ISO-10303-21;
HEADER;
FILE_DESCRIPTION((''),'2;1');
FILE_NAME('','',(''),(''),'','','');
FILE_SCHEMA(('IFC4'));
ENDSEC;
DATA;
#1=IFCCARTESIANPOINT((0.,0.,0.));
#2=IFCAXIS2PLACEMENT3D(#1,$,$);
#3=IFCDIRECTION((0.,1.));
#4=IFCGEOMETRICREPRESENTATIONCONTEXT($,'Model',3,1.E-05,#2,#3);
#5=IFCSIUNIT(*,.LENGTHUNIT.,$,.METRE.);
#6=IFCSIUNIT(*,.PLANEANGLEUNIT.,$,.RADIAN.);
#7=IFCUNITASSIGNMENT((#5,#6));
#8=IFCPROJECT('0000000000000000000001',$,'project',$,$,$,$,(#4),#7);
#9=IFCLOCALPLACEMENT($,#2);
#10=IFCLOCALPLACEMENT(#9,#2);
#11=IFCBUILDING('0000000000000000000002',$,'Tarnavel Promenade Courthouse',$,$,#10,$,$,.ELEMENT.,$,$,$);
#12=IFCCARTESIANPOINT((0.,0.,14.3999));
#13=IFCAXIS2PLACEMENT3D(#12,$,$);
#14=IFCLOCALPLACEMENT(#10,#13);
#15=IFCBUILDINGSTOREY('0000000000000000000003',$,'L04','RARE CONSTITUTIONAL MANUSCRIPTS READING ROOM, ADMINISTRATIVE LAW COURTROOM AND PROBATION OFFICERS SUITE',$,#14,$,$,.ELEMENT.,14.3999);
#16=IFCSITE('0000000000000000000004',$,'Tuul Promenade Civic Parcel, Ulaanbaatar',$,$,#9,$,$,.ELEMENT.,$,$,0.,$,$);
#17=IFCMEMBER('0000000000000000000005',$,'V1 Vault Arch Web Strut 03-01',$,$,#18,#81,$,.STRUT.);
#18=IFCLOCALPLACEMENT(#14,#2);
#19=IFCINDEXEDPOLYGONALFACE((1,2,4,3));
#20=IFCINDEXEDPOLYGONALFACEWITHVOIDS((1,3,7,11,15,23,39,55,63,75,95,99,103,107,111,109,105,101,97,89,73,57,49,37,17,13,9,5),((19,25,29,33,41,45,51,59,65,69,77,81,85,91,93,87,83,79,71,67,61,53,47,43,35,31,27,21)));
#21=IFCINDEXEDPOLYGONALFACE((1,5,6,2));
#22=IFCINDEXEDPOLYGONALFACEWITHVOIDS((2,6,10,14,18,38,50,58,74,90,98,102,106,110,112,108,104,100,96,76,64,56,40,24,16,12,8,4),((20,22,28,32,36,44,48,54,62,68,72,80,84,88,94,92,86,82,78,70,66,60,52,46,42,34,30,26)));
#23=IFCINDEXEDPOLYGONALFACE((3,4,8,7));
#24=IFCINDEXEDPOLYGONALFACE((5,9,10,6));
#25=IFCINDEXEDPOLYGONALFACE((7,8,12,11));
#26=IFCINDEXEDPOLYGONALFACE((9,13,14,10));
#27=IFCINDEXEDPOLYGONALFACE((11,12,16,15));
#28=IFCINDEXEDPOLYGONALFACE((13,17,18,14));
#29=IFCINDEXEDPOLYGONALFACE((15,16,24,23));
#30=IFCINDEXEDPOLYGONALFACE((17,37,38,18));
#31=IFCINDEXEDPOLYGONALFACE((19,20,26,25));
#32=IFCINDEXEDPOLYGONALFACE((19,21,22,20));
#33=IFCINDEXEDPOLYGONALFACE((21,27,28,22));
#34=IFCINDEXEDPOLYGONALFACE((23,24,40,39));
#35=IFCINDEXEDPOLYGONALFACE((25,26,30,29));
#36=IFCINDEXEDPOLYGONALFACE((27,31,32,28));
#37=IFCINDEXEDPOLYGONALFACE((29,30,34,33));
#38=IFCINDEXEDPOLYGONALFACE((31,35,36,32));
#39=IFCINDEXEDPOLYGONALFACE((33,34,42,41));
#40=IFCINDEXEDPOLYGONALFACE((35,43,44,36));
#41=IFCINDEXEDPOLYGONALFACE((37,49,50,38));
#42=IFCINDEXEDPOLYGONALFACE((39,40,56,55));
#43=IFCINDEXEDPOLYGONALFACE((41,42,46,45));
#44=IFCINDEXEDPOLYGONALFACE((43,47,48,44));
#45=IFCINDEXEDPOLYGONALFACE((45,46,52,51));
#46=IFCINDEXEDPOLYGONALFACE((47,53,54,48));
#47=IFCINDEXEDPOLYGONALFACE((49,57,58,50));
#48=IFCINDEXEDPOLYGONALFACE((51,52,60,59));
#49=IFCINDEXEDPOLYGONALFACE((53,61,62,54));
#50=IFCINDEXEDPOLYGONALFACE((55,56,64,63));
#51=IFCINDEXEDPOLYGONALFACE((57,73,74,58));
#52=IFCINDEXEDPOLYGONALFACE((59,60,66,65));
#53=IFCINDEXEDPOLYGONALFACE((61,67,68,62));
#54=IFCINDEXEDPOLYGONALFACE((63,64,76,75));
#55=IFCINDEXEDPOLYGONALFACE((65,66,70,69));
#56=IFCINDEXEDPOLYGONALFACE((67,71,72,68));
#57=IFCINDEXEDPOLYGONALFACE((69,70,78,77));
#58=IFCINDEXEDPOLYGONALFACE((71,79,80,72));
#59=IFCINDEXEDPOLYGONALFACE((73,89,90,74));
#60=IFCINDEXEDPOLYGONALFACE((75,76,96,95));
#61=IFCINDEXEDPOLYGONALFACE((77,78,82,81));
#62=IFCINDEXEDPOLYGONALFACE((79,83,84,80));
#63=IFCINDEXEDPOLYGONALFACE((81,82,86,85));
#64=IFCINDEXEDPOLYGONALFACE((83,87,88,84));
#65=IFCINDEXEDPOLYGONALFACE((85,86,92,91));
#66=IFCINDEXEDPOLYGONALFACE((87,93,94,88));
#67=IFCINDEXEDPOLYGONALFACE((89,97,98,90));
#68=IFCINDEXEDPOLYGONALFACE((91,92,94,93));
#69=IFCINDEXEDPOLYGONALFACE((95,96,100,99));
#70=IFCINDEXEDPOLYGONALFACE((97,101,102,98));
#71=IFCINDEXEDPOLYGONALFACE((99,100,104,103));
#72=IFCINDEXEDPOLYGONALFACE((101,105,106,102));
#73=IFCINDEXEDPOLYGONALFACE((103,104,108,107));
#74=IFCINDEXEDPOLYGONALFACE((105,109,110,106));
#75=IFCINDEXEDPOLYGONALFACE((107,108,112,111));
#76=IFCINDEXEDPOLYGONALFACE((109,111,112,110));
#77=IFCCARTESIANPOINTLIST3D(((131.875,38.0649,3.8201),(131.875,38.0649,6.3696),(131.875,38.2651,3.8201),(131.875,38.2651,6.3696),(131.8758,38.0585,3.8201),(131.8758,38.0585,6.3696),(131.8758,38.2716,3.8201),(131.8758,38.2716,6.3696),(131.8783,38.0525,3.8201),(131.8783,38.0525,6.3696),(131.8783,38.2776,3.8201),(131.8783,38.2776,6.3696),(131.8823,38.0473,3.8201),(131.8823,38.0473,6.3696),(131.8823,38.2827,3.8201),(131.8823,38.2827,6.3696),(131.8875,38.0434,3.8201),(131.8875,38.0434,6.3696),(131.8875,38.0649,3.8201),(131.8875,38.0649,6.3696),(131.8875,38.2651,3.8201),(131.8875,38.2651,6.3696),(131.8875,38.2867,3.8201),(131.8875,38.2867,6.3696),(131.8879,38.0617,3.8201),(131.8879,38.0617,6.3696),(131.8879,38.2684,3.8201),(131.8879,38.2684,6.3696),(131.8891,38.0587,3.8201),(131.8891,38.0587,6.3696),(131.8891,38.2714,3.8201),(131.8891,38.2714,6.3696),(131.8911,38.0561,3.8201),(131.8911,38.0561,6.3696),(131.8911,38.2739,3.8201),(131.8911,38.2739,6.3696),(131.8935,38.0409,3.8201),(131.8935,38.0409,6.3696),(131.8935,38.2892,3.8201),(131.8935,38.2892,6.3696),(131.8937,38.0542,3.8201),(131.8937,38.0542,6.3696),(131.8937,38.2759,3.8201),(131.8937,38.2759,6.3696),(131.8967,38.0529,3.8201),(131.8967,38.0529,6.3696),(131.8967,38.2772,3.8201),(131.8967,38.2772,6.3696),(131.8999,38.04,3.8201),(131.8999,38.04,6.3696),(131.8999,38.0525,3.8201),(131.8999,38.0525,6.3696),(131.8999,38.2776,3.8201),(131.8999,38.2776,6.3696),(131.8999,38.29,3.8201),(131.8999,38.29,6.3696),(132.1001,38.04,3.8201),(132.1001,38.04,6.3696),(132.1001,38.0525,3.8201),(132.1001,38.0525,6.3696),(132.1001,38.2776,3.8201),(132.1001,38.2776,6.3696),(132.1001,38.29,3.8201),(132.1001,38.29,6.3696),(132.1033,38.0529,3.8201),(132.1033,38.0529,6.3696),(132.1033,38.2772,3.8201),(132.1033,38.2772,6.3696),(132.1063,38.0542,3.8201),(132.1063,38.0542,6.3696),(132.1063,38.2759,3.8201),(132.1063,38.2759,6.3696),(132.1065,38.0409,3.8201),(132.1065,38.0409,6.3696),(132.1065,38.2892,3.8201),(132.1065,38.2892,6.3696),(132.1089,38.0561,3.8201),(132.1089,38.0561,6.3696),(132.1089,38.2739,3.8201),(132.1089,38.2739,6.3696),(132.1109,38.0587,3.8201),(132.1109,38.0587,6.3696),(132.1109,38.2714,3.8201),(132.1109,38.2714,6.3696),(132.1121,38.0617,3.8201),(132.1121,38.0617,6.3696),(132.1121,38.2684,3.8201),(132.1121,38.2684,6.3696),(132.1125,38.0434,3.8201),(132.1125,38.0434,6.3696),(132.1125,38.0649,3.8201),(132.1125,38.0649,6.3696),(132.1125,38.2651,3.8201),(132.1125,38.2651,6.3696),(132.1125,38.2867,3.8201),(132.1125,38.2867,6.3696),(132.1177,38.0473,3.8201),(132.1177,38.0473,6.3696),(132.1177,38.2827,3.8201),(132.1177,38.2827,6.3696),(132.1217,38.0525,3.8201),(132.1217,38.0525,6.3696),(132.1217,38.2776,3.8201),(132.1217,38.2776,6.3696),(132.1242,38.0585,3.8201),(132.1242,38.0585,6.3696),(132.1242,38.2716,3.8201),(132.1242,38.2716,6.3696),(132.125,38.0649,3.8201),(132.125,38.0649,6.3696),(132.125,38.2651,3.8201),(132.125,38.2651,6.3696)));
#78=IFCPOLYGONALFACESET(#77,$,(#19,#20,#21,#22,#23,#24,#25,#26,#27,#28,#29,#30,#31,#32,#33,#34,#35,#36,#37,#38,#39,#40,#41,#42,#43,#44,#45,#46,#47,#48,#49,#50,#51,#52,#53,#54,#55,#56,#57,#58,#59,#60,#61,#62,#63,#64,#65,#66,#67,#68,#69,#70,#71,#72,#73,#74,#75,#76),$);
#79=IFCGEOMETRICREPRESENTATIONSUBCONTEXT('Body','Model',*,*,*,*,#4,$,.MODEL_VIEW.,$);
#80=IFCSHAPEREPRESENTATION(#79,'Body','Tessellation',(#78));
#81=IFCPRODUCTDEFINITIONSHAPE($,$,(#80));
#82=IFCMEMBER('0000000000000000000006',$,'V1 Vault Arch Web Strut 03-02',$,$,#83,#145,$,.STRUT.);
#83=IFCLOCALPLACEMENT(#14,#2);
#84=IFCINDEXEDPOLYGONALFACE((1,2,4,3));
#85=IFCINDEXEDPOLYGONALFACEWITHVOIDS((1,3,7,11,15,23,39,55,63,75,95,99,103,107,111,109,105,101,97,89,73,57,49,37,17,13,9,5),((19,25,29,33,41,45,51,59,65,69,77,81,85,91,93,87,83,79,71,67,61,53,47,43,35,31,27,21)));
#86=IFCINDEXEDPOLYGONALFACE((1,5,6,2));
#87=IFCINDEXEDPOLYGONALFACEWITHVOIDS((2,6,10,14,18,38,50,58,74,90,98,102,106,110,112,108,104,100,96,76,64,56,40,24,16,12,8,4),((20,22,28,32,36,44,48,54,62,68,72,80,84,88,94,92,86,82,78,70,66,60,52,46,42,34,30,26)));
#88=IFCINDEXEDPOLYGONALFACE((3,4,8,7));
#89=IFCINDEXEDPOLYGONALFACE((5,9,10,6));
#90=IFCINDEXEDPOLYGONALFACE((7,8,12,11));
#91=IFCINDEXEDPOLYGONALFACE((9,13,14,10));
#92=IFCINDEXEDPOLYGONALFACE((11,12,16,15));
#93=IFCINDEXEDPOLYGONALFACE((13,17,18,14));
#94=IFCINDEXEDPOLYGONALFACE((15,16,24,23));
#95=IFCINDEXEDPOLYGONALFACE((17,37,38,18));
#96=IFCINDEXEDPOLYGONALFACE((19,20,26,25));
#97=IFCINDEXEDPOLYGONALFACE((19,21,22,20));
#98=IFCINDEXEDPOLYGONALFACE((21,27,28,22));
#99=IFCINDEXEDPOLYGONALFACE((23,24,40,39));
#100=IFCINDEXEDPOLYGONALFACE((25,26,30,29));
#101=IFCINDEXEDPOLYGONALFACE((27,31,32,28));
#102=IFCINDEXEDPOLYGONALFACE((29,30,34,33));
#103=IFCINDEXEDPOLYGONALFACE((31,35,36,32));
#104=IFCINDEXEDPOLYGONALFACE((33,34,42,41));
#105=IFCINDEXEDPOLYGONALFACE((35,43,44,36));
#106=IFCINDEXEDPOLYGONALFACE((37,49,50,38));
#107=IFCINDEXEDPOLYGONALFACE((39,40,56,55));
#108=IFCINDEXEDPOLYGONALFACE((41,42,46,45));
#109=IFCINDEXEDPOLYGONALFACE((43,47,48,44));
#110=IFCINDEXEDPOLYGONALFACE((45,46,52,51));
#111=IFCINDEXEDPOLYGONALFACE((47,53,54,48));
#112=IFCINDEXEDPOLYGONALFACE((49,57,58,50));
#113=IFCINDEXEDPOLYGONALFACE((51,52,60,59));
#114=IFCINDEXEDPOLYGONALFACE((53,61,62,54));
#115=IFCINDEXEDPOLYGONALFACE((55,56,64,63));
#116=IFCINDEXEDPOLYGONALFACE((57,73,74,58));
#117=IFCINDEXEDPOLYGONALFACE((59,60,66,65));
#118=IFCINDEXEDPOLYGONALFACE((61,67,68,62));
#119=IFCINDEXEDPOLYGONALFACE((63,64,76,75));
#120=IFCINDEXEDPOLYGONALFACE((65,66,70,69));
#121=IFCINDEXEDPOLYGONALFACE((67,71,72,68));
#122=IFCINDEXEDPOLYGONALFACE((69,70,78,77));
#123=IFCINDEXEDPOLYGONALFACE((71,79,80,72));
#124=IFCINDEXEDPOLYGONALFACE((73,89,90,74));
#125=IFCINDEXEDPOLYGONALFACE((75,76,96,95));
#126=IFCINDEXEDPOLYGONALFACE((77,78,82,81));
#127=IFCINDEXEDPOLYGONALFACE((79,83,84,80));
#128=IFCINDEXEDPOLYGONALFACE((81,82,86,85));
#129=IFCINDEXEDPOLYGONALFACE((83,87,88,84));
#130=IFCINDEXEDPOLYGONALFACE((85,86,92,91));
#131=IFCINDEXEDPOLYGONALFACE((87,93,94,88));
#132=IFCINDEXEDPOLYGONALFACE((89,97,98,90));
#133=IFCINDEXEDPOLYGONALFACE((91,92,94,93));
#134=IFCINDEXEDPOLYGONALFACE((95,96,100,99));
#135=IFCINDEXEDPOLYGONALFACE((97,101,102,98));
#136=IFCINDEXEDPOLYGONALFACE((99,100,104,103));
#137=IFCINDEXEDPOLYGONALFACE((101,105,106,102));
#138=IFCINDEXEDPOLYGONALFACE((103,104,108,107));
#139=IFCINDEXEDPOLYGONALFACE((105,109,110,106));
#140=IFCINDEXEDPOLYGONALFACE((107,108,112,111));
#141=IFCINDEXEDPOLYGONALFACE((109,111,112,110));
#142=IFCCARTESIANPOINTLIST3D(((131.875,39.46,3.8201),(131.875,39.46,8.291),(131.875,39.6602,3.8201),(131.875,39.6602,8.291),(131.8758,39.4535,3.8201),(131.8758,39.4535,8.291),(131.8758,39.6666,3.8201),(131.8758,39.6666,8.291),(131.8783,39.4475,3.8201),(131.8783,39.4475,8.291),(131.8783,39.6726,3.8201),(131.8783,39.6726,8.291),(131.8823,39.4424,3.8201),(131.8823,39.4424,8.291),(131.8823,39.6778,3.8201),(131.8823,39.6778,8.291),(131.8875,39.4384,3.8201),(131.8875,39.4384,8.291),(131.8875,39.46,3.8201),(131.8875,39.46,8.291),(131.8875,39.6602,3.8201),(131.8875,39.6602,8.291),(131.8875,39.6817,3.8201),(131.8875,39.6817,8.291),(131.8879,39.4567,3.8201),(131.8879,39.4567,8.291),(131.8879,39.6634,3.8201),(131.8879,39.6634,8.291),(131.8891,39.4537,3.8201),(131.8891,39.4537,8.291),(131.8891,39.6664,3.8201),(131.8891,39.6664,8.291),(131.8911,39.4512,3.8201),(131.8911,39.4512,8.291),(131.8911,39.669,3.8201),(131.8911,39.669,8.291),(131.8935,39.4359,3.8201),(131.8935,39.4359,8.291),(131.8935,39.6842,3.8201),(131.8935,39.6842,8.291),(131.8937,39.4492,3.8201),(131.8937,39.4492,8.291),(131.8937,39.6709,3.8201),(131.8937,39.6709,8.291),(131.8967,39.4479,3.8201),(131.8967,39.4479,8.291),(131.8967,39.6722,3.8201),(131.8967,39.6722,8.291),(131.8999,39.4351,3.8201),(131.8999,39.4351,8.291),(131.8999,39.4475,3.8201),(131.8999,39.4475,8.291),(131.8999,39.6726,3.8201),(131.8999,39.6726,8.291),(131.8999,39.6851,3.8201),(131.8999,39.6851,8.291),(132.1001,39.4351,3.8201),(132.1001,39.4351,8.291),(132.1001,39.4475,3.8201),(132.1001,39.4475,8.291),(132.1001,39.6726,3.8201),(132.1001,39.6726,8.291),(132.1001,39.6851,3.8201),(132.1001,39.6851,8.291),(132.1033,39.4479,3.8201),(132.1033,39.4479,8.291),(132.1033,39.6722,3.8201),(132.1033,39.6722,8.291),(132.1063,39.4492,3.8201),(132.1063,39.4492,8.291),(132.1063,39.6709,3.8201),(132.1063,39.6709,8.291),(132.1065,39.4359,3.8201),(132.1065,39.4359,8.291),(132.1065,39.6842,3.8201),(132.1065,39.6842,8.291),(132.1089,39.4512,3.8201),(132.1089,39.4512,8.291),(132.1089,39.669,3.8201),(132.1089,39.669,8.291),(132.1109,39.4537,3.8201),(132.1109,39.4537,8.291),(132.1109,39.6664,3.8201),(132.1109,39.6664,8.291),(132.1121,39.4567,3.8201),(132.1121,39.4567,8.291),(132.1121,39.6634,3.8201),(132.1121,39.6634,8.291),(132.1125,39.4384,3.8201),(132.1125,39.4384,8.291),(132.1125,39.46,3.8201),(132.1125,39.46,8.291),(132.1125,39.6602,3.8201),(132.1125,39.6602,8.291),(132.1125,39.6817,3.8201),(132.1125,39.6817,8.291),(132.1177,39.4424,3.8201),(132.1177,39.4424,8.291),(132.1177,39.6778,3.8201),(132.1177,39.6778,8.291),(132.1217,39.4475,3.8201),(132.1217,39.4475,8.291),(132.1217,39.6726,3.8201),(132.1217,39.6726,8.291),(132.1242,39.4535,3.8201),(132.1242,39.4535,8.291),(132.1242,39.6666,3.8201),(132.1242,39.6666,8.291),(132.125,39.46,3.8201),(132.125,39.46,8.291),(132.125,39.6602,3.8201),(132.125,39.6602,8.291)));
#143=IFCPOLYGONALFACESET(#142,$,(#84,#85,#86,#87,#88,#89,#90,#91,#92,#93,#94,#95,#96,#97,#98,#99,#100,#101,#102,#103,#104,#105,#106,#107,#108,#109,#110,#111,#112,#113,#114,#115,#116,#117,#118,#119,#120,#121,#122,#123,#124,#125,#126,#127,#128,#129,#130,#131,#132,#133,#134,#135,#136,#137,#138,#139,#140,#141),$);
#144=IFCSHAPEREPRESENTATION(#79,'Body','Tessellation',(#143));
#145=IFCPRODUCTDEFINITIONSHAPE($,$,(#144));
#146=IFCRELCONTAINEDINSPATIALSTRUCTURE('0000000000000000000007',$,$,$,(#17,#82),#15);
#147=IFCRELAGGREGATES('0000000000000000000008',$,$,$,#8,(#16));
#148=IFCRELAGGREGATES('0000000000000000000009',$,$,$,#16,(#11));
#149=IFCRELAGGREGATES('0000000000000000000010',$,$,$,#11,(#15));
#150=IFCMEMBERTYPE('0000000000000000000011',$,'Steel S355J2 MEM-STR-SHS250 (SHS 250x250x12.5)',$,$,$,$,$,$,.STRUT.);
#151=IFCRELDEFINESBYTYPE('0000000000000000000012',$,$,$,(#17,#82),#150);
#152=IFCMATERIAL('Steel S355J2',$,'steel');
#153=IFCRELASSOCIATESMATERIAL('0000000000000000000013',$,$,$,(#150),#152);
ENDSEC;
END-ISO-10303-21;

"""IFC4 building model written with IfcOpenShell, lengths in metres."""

from ifc_helpers import new_model, si_unit, direction, frame, origin, origin_2d, place, context, subcontext, project, spatial, hollow_rectangle, extrude, material, material_profile, profile_set, type_object, element, save


model = new_model("IFC4")

# Units and contexts
model_context = context("Model", 3, precision=1e-05, world=origin(), true_north=direction((0.0, 1.0)))
body_context = subcontext(model_context, "Body", "Model", "MODEL_VIEW")
ifc_project = project(units=[si_unit("LENGTHUNIT", "METRE"), si_unit("PLANEANGLEUNIT", "RADIAN")], contexts=[model_context])

# Site, building, storey
site_placement = place(None, origin())
site = spatial("IfcSite", under=ifc_project, at=site_placement, Name="Tuul Promenade Civic Parcel, Ulaanbaatar", CompositionType="ELEMENT", RefElevation=0.0)
building_placement = place(site_placement, origin())
building = spatial("IfcBuilding", under=site, at=building_placement, Name="Tarnavel Promenade Courthouse", CompositionType="ELEMENT")
storey_placement = place(building_placement, frame((0.0, 0.0, 14.3999)))
storey = spatial("IfcBuildingStorey", under=building, at=storey_placement, Name="L04", Description="RARE CONSTITUTIONAL MANUSCRIPTS READING ROOM, ADMINISTRATIVE LAW COURTROOM AND PROBATION OFFICERS SUITE", CompositionType="ELEMENT", Elevation=14.3999)

# Shared definitions
ifc_material_1 = material(Name="Steel S355J2", Category="steel")

# Members
ifc_material_profile_1 = material_profile(ifc_material_1, hollow_rectangle(XDim=0.25, YDim=0.25, WallThickness=0.0125, InnerFilletRadius=0.0125, OuterFilletRadius=0.0249, at=origin_2d()), Name="SHS 250x250x12.5")
ifc_profile_set_1 = profile_set([ifc_material_profile_1], Name="Steel S355J2")
member_type_1 = type_object("IfcMemberType", Name="Steel S355J2 MEM-STR-SHS250 (SHS 250x250x12.5)", PredefinedType="STRUT", material=ifc_profile_set_1)
member_1_placement = place(storey_placement, frame((132.0, 38.165, 3.8201), z_axis=(0.0, 0.0, 1.0), x_axis=(1.0, 0.0, 0.0)))
element("IfcMember", 1, at=member_1_placement, inside=storey, type_object=member_type_1, Name="V1 Vault Arch Web Strut 03-01", PredefinedType="STRUT", context=body_context, shape_type="SweptSolid", body=[
    extrude(hollow_rectangle(XDim=0.25, YDim=0.25, WallThickness=0.0125, InnerFilletRadius=0.0125, OuterFilletRadius=0.0249, at=origin_2d()), origin(), (0.0, 0.0, 1.0), 2.5496),
])
member_2_placement = place(storey_placement, frame((132.0, 39.5601, 3.8201), z_axis=(0.0, 0.0, 1.0), x_axis=(1.0, 0.0, 0.0)))
element("IfcMember", 2, at=member_2_placement, inside=storey, type_object=member_type_1, Name="V1 Vault Arch Web Strut 03-02", PredefinedType="STRUT", context=body_context, shape_type="SweptSolid", body=[
    extrude(hollow_rectangle(XDim=0.25, YDim=0.25, WallThickness=0.0125, InnerFilletRadius=0.0125, OuterFilletRadius=0.0249, at=origin_2d()), origin(), (0.0, 0.0, 1.0), 4.4709),
])

save(model, "model.ifc")
